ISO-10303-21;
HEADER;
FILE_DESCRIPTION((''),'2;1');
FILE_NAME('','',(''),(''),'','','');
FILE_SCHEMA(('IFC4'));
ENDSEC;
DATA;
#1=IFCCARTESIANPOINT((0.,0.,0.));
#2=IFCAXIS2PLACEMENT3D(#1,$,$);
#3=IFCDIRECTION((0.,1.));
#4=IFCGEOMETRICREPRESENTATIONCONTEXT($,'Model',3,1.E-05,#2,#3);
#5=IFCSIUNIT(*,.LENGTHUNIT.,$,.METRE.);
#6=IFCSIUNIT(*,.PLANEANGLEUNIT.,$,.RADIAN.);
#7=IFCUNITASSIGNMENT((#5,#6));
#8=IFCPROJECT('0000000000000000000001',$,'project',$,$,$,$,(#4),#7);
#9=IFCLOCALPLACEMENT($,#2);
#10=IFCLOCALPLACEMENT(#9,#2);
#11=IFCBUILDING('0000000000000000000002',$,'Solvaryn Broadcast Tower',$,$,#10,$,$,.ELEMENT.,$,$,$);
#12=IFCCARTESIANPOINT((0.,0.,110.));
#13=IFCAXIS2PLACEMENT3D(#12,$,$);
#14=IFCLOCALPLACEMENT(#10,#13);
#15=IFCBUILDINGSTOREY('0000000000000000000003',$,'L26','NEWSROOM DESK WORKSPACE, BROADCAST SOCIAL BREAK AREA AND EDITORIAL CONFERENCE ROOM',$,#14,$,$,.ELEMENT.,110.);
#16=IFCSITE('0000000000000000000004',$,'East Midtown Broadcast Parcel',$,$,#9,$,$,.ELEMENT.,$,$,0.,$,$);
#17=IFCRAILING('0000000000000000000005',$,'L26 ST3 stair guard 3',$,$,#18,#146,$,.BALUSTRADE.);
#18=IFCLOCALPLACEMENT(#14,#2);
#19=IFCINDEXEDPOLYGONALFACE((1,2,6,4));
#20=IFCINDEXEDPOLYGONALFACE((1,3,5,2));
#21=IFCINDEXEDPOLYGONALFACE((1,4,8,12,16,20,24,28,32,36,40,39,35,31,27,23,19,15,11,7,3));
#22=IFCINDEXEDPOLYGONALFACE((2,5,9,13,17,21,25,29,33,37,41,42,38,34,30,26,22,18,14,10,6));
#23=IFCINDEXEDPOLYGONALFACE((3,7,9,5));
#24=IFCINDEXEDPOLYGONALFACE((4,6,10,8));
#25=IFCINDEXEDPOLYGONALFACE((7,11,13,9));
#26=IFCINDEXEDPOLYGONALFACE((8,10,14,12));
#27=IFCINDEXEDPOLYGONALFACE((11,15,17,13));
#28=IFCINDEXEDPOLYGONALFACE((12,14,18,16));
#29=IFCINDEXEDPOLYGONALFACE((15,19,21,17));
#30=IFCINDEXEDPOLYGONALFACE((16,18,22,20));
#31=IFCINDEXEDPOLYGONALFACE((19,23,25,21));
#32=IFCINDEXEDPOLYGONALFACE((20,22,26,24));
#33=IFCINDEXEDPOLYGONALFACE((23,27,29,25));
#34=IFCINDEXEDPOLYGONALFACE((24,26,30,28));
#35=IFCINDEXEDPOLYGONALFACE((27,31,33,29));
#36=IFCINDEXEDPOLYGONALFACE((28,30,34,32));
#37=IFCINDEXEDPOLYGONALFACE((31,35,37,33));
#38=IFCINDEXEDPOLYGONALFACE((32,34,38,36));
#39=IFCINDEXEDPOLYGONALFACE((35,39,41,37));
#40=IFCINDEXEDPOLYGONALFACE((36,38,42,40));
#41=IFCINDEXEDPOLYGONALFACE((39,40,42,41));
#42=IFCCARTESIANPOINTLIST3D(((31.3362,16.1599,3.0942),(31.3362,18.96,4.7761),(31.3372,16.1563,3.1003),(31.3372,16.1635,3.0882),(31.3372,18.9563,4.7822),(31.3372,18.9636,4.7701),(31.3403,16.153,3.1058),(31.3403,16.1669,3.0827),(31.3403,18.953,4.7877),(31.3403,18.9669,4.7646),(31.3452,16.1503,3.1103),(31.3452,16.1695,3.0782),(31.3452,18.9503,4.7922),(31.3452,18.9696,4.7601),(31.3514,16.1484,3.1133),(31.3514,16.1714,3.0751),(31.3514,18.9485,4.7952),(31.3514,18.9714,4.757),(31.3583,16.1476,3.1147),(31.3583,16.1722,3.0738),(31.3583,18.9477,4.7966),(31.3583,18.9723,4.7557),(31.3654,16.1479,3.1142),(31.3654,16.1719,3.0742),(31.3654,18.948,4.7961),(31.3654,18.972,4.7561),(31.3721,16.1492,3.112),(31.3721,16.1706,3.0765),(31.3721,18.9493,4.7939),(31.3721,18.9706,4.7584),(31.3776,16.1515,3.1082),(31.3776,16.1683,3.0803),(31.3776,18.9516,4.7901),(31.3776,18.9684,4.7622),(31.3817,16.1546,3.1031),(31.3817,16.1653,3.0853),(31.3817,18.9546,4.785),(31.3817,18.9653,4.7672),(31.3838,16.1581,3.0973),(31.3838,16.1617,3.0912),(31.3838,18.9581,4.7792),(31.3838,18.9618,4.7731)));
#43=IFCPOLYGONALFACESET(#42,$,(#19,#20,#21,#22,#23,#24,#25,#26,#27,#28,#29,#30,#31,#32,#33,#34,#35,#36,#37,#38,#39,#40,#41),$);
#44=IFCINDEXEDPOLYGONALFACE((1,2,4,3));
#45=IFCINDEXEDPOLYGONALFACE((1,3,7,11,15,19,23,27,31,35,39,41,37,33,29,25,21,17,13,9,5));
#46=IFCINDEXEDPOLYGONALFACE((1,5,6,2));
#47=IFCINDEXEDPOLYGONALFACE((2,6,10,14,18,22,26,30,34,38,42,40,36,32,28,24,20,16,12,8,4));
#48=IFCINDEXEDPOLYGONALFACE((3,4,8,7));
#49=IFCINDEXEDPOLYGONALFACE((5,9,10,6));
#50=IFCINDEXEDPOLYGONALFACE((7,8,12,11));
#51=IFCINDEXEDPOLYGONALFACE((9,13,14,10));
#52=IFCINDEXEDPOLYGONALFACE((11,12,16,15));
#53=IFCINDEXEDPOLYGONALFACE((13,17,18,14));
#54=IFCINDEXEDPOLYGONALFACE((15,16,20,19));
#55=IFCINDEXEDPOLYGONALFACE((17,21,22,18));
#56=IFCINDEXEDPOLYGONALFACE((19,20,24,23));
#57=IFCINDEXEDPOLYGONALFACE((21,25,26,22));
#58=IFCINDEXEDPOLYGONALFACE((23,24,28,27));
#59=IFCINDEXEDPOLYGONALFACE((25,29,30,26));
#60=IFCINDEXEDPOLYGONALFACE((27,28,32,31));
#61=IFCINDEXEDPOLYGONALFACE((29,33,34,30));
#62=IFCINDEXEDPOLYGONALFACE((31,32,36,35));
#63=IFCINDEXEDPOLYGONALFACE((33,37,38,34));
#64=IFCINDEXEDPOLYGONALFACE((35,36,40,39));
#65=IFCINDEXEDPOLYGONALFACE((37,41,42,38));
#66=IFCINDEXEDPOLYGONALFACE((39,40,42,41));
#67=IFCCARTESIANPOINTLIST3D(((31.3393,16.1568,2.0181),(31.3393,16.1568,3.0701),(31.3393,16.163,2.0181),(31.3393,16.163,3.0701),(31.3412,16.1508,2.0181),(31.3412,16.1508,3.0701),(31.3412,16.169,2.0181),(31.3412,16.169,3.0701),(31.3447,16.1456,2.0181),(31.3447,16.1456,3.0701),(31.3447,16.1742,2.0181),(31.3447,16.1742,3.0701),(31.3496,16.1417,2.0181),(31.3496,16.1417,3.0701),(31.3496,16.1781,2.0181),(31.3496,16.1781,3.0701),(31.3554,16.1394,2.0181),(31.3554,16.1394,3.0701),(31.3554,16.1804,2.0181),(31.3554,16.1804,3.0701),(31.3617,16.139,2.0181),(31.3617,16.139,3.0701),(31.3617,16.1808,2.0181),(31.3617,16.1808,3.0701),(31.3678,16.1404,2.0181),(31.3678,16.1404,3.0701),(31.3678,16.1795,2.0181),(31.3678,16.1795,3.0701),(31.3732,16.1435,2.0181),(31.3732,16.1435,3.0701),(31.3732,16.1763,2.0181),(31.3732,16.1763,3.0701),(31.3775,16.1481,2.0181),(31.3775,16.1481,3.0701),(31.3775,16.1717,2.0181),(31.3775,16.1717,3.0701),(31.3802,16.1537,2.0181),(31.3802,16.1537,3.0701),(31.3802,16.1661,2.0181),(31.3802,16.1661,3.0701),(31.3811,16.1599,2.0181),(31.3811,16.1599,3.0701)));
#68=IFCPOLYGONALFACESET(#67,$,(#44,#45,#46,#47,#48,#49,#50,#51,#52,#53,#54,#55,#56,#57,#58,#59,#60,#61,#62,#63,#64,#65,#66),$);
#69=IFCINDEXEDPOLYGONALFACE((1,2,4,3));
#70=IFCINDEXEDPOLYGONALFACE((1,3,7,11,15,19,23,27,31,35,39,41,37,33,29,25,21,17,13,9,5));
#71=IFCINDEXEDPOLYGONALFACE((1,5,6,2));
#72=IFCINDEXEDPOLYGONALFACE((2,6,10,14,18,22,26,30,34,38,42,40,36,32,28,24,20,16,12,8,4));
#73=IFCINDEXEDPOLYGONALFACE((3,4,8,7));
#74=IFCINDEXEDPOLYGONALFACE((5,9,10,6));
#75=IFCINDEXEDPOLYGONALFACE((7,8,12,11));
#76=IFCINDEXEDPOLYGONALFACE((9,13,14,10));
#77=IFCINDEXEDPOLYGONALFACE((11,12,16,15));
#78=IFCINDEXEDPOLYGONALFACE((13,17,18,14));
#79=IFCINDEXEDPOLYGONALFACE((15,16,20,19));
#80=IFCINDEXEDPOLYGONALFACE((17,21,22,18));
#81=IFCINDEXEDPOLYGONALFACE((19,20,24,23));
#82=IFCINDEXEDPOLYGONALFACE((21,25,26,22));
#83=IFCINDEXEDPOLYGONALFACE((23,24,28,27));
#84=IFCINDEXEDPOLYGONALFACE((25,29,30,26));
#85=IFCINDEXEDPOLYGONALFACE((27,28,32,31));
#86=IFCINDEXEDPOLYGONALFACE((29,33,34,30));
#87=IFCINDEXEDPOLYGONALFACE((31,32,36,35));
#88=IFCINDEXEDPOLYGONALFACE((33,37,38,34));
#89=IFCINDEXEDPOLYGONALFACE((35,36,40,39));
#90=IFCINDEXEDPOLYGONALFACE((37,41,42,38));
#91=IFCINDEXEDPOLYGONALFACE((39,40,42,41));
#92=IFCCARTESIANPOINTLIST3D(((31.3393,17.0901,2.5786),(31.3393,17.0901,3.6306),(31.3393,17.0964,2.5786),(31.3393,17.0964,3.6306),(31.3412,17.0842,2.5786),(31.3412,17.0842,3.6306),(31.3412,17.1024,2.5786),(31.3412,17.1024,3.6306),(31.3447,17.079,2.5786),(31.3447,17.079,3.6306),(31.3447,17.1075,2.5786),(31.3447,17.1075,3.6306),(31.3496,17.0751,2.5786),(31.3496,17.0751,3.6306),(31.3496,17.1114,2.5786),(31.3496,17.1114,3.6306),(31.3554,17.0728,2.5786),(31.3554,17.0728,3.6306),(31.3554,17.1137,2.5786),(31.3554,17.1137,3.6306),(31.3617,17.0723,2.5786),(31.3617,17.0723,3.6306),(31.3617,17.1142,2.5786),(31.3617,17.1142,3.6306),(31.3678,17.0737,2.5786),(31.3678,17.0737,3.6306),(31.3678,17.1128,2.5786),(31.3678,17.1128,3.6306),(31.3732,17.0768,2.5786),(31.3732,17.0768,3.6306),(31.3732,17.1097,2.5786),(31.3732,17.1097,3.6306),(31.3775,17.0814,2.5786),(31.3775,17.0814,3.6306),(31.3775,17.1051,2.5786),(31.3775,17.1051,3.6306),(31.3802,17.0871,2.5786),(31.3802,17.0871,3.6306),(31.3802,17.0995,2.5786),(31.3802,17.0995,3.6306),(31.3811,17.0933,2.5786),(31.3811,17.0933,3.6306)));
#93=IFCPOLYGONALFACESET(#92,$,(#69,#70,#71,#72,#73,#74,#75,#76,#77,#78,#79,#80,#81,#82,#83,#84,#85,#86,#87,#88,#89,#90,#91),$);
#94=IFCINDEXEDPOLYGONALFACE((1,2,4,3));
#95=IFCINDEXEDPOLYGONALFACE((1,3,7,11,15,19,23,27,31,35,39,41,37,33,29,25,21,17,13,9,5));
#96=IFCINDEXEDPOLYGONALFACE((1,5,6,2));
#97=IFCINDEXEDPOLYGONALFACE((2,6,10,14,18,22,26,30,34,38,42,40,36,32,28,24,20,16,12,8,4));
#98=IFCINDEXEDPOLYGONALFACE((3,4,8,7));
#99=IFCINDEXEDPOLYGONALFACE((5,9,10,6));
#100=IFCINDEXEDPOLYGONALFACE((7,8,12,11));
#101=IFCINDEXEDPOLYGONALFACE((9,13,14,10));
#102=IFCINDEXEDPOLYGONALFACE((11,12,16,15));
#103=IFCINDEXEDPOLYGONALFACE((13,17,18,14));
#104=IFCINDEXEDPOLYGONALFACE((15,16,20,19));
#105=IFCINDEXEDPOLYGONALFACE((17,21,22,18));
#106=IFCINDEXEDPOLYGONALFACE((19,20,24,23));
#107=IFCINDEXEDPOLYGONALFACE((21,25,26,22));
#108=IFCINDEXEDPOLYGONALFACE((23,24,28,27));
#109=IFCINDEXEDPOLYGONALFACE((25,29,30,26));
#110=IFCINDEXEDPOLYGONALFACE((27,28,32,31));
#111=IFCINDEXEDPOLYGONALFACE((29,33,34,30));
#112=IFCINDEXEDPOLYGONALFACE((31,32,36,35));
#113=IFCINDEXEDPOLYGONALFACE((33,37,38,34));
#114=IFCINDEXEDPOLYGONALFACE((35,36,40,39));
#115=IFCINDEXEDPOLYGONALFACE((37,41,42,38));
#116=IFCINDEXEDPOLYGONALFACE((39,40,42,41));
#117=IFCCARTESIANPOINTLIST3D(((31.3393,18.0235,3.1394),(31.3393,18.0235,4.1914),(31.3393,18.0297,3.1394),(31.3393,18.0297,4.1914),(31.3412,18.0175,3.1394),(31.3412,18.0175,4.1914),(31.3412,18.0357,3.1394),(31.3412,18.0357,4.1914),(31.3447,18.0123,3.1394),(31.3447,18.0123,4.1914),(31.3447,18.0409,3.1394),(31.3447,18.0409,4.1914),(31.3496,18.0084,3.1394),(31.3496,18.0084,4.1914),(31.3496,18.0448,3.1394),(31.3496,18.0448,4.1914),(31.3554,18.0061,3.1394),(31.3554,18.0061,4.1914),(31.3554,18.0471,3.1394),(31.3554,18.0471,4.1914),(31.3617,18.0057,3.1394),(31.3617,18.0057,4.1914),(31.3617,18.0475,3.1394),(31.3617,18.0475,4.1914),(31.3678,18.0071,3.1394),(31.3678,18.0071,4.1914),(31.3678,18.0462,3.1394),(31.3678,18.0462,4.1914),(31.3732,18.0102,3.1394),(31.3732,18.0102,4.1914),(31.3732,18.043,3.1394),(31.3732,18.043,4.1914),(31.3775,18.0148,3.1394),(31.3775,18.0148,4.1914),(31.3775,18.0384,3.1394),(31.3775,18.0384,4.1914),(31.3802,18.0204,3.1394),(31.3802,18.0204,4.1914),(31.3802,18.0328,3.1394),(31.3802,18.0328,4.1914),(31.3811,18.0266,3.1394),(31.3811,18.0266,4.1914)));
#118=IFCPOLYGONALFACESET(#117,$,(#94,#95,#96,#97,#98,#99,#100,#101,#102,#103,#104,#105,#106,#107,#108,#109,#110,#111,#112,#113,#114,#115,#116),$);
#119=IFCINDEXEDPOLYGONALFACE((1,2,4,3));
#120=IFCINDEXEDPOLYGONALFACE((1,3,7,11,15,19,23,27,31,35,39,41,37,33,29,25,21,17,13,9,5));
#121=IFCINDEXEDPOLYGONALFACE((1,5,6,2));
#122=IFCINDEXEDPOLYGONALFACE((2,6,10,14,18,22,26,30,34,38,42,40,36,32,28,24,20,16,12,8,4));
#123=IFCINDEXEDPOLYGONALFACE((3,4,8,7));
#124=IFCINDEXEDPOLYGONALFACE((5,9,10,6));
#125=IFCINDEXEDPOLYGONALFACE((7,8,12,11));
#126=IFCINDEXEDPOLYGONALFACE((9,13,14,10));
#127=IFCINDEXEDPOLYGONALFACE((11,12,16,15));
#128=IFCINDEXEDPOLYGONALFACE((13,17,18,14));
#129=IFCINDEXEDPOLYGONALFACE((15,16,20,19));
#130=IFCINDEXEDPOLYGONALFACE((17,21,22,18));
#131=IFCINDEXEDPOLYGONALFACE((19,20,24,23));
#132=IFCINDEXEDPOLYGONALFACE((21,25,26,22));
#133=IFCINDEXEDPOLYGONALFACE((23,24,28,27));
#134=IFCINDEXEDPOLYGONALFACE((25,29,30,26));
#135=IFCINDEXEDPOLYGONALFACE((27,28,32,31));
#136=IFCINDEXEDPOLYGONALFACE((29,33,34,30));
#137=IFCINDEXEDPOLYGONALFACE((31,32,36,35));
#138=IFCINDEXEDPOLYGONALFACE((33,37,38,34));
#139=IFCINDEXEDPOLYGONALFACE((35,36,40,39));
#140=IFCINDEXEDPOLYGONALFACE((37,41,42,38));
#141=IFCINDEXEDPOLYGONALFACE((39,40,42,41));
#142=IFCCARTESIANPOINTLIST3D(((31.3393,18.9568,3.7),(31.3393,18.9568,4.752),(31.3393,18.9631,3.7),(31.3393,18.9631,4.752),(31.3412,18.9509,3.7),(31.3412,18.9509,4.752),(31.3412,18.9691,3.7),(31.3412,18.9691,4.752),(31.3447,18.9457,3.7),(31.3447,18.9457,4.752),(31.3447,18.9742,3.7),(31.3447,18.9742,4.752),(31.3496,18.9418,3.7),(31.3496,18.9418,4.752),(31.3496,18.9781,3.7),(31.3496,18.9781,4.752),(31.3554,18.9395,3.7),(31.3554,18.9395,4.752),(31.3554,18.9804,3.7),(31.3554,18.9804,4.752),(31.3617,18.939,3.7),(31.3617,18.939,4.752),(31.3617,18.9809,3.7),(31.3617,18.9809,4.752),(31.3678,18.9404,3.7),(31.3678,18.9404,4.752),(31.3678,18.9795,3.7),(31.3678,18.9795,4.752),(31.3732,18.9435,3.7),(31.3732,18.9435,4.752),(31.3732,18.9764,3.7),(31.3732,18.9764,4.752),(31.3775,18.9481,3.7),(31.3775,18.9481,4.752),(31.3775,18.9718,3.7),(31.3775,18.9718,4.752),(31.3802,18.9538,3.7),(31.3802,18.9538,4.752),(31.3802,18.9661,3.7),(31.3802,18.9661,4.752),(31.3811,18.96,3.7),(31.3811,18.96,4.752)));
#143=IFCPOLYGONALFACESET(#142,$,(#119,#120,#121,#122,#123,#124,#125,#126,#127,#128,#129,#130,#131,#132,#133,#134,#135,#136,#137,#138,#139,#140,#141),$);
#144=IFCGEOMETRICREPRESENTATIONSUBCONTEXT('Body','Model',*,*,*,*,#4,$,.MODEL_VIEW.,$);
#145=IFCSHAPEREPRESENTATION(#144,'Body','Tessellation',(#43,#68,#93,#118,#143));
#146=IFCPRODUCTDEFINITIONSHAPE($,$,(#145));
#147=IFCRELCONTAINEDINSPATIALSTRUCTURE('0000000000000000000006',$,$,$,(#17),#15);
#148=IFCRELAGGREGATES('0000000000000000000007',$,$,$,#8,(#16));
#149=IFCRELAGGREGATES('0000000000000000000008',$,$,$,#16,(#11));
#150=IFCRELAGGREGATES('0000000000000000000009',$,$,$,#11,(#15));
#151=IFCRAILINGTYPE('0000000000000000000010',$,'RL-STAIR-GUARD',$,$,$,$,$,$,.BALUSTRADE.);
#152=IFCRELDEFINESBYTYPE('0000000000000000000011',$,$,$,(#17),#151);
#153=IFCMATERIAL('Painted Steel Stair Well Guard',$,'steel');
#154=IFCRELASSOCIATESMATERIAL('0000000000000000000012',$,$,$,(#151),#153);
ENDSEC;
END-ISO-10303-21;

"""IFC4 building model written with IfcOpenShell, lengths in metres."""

from ifc_helpers import new_model, si_unit, direction, frame, origin, origin_2d, place, context, subcontext, project, spatial, circle, extrude, material, type_object, element, save


model = new_model("IFC4")

# Units and contexts
model_context = context("Model", 3, precision=1e-05, world=origin(), true_north=direction((0.0, 1.0)))
body_context = subcontext(model_context, "Body", "Model", "MODEL_VIEW")
ifc_project = project(units=[si_unit("LENGTHUNIT", "METRE"), si_unit("PLANEANGLEUNIT", "RADIAN")], contexts=[model_context])

# Site, building, storey
site_placement = place(None, origin())
site = spatial("IfcSite", under=ifc_project, at=site_placement, Name="East Midtown Broadcast Parcel", CompositionType="ELEMENT", RefElevation=0.0)
building_placement = place(site_placement, origin())
building = spatial("IfcBuilding", under=site, at=building_placement, Name="Solvaryn Broadcast Tower", CompositionType="ELEMENT")
storey_placement = place(building_placement, frame((0.0, 0.0, 110.0)))
storey = spatial("IfcBuildingStorey", under=building, at=storey_placement, Name="L26", Description="NEWSROOM DESK WORKSPACE, BROADCAST SOCIAL BREAK AREA AND EDITORIAL CONFERENCE ROOM", CompositionType="ELEMENT", Elevation=110.0)

# Railing
ifc_material_1 = material(Name="Painted Steel Stair Well Guard", Category="steel")
railing_type_1 = type_object("IfcRailingType", Name="RL-STAIR-GUARD", PredefinedType="BALUSTRADE", material=ifc_material_1)
railing_1_placement = place(storey_placement, frame((31.3601, 16.1599, 2.0181)))
element("IfcRailing", 1, at=railing_1_placement, inside=storey, type_object=railing_type_1, Name="L26 ST3 stair guard 3", PredefinedType="BALUSTRADE", context=body_context, shape_type="SweptSolid", body=[
    extrude(circle(Radius=0.0239, at=origin_2d()), frame((0.0, 0.0, 1.0762), z_axis=(0.0, 0.857242, 0.514913), x_axis=(-1.0, 0.0, 0.0)), (0.0, 0.0, 1.0), 3.2664),
    extrude(circle(Radius=0.021, at=origin_2d()), origin(), (0.0, 0.0, 1.0), 1.052),
    extrude(circle(Radius=0.021, at=origin_2d()), frame((0.0, 0.9333, 0.5605)), (0.0, 0.0, 1.0), 1.052),
    extrude(circle(Radius=0.021, at=origin_2d()), frame((0.0, 1.8667, 1.1213)), (0.0, 0.0, 1.0), 1.052),
    extrude(circle(Radius=0.021, at=origin_2d()), frame((0.0, 2.8, 1.6819)), (0.0, 0.0, 1.0), 1.052),
])

save(model, "model.ifc")
